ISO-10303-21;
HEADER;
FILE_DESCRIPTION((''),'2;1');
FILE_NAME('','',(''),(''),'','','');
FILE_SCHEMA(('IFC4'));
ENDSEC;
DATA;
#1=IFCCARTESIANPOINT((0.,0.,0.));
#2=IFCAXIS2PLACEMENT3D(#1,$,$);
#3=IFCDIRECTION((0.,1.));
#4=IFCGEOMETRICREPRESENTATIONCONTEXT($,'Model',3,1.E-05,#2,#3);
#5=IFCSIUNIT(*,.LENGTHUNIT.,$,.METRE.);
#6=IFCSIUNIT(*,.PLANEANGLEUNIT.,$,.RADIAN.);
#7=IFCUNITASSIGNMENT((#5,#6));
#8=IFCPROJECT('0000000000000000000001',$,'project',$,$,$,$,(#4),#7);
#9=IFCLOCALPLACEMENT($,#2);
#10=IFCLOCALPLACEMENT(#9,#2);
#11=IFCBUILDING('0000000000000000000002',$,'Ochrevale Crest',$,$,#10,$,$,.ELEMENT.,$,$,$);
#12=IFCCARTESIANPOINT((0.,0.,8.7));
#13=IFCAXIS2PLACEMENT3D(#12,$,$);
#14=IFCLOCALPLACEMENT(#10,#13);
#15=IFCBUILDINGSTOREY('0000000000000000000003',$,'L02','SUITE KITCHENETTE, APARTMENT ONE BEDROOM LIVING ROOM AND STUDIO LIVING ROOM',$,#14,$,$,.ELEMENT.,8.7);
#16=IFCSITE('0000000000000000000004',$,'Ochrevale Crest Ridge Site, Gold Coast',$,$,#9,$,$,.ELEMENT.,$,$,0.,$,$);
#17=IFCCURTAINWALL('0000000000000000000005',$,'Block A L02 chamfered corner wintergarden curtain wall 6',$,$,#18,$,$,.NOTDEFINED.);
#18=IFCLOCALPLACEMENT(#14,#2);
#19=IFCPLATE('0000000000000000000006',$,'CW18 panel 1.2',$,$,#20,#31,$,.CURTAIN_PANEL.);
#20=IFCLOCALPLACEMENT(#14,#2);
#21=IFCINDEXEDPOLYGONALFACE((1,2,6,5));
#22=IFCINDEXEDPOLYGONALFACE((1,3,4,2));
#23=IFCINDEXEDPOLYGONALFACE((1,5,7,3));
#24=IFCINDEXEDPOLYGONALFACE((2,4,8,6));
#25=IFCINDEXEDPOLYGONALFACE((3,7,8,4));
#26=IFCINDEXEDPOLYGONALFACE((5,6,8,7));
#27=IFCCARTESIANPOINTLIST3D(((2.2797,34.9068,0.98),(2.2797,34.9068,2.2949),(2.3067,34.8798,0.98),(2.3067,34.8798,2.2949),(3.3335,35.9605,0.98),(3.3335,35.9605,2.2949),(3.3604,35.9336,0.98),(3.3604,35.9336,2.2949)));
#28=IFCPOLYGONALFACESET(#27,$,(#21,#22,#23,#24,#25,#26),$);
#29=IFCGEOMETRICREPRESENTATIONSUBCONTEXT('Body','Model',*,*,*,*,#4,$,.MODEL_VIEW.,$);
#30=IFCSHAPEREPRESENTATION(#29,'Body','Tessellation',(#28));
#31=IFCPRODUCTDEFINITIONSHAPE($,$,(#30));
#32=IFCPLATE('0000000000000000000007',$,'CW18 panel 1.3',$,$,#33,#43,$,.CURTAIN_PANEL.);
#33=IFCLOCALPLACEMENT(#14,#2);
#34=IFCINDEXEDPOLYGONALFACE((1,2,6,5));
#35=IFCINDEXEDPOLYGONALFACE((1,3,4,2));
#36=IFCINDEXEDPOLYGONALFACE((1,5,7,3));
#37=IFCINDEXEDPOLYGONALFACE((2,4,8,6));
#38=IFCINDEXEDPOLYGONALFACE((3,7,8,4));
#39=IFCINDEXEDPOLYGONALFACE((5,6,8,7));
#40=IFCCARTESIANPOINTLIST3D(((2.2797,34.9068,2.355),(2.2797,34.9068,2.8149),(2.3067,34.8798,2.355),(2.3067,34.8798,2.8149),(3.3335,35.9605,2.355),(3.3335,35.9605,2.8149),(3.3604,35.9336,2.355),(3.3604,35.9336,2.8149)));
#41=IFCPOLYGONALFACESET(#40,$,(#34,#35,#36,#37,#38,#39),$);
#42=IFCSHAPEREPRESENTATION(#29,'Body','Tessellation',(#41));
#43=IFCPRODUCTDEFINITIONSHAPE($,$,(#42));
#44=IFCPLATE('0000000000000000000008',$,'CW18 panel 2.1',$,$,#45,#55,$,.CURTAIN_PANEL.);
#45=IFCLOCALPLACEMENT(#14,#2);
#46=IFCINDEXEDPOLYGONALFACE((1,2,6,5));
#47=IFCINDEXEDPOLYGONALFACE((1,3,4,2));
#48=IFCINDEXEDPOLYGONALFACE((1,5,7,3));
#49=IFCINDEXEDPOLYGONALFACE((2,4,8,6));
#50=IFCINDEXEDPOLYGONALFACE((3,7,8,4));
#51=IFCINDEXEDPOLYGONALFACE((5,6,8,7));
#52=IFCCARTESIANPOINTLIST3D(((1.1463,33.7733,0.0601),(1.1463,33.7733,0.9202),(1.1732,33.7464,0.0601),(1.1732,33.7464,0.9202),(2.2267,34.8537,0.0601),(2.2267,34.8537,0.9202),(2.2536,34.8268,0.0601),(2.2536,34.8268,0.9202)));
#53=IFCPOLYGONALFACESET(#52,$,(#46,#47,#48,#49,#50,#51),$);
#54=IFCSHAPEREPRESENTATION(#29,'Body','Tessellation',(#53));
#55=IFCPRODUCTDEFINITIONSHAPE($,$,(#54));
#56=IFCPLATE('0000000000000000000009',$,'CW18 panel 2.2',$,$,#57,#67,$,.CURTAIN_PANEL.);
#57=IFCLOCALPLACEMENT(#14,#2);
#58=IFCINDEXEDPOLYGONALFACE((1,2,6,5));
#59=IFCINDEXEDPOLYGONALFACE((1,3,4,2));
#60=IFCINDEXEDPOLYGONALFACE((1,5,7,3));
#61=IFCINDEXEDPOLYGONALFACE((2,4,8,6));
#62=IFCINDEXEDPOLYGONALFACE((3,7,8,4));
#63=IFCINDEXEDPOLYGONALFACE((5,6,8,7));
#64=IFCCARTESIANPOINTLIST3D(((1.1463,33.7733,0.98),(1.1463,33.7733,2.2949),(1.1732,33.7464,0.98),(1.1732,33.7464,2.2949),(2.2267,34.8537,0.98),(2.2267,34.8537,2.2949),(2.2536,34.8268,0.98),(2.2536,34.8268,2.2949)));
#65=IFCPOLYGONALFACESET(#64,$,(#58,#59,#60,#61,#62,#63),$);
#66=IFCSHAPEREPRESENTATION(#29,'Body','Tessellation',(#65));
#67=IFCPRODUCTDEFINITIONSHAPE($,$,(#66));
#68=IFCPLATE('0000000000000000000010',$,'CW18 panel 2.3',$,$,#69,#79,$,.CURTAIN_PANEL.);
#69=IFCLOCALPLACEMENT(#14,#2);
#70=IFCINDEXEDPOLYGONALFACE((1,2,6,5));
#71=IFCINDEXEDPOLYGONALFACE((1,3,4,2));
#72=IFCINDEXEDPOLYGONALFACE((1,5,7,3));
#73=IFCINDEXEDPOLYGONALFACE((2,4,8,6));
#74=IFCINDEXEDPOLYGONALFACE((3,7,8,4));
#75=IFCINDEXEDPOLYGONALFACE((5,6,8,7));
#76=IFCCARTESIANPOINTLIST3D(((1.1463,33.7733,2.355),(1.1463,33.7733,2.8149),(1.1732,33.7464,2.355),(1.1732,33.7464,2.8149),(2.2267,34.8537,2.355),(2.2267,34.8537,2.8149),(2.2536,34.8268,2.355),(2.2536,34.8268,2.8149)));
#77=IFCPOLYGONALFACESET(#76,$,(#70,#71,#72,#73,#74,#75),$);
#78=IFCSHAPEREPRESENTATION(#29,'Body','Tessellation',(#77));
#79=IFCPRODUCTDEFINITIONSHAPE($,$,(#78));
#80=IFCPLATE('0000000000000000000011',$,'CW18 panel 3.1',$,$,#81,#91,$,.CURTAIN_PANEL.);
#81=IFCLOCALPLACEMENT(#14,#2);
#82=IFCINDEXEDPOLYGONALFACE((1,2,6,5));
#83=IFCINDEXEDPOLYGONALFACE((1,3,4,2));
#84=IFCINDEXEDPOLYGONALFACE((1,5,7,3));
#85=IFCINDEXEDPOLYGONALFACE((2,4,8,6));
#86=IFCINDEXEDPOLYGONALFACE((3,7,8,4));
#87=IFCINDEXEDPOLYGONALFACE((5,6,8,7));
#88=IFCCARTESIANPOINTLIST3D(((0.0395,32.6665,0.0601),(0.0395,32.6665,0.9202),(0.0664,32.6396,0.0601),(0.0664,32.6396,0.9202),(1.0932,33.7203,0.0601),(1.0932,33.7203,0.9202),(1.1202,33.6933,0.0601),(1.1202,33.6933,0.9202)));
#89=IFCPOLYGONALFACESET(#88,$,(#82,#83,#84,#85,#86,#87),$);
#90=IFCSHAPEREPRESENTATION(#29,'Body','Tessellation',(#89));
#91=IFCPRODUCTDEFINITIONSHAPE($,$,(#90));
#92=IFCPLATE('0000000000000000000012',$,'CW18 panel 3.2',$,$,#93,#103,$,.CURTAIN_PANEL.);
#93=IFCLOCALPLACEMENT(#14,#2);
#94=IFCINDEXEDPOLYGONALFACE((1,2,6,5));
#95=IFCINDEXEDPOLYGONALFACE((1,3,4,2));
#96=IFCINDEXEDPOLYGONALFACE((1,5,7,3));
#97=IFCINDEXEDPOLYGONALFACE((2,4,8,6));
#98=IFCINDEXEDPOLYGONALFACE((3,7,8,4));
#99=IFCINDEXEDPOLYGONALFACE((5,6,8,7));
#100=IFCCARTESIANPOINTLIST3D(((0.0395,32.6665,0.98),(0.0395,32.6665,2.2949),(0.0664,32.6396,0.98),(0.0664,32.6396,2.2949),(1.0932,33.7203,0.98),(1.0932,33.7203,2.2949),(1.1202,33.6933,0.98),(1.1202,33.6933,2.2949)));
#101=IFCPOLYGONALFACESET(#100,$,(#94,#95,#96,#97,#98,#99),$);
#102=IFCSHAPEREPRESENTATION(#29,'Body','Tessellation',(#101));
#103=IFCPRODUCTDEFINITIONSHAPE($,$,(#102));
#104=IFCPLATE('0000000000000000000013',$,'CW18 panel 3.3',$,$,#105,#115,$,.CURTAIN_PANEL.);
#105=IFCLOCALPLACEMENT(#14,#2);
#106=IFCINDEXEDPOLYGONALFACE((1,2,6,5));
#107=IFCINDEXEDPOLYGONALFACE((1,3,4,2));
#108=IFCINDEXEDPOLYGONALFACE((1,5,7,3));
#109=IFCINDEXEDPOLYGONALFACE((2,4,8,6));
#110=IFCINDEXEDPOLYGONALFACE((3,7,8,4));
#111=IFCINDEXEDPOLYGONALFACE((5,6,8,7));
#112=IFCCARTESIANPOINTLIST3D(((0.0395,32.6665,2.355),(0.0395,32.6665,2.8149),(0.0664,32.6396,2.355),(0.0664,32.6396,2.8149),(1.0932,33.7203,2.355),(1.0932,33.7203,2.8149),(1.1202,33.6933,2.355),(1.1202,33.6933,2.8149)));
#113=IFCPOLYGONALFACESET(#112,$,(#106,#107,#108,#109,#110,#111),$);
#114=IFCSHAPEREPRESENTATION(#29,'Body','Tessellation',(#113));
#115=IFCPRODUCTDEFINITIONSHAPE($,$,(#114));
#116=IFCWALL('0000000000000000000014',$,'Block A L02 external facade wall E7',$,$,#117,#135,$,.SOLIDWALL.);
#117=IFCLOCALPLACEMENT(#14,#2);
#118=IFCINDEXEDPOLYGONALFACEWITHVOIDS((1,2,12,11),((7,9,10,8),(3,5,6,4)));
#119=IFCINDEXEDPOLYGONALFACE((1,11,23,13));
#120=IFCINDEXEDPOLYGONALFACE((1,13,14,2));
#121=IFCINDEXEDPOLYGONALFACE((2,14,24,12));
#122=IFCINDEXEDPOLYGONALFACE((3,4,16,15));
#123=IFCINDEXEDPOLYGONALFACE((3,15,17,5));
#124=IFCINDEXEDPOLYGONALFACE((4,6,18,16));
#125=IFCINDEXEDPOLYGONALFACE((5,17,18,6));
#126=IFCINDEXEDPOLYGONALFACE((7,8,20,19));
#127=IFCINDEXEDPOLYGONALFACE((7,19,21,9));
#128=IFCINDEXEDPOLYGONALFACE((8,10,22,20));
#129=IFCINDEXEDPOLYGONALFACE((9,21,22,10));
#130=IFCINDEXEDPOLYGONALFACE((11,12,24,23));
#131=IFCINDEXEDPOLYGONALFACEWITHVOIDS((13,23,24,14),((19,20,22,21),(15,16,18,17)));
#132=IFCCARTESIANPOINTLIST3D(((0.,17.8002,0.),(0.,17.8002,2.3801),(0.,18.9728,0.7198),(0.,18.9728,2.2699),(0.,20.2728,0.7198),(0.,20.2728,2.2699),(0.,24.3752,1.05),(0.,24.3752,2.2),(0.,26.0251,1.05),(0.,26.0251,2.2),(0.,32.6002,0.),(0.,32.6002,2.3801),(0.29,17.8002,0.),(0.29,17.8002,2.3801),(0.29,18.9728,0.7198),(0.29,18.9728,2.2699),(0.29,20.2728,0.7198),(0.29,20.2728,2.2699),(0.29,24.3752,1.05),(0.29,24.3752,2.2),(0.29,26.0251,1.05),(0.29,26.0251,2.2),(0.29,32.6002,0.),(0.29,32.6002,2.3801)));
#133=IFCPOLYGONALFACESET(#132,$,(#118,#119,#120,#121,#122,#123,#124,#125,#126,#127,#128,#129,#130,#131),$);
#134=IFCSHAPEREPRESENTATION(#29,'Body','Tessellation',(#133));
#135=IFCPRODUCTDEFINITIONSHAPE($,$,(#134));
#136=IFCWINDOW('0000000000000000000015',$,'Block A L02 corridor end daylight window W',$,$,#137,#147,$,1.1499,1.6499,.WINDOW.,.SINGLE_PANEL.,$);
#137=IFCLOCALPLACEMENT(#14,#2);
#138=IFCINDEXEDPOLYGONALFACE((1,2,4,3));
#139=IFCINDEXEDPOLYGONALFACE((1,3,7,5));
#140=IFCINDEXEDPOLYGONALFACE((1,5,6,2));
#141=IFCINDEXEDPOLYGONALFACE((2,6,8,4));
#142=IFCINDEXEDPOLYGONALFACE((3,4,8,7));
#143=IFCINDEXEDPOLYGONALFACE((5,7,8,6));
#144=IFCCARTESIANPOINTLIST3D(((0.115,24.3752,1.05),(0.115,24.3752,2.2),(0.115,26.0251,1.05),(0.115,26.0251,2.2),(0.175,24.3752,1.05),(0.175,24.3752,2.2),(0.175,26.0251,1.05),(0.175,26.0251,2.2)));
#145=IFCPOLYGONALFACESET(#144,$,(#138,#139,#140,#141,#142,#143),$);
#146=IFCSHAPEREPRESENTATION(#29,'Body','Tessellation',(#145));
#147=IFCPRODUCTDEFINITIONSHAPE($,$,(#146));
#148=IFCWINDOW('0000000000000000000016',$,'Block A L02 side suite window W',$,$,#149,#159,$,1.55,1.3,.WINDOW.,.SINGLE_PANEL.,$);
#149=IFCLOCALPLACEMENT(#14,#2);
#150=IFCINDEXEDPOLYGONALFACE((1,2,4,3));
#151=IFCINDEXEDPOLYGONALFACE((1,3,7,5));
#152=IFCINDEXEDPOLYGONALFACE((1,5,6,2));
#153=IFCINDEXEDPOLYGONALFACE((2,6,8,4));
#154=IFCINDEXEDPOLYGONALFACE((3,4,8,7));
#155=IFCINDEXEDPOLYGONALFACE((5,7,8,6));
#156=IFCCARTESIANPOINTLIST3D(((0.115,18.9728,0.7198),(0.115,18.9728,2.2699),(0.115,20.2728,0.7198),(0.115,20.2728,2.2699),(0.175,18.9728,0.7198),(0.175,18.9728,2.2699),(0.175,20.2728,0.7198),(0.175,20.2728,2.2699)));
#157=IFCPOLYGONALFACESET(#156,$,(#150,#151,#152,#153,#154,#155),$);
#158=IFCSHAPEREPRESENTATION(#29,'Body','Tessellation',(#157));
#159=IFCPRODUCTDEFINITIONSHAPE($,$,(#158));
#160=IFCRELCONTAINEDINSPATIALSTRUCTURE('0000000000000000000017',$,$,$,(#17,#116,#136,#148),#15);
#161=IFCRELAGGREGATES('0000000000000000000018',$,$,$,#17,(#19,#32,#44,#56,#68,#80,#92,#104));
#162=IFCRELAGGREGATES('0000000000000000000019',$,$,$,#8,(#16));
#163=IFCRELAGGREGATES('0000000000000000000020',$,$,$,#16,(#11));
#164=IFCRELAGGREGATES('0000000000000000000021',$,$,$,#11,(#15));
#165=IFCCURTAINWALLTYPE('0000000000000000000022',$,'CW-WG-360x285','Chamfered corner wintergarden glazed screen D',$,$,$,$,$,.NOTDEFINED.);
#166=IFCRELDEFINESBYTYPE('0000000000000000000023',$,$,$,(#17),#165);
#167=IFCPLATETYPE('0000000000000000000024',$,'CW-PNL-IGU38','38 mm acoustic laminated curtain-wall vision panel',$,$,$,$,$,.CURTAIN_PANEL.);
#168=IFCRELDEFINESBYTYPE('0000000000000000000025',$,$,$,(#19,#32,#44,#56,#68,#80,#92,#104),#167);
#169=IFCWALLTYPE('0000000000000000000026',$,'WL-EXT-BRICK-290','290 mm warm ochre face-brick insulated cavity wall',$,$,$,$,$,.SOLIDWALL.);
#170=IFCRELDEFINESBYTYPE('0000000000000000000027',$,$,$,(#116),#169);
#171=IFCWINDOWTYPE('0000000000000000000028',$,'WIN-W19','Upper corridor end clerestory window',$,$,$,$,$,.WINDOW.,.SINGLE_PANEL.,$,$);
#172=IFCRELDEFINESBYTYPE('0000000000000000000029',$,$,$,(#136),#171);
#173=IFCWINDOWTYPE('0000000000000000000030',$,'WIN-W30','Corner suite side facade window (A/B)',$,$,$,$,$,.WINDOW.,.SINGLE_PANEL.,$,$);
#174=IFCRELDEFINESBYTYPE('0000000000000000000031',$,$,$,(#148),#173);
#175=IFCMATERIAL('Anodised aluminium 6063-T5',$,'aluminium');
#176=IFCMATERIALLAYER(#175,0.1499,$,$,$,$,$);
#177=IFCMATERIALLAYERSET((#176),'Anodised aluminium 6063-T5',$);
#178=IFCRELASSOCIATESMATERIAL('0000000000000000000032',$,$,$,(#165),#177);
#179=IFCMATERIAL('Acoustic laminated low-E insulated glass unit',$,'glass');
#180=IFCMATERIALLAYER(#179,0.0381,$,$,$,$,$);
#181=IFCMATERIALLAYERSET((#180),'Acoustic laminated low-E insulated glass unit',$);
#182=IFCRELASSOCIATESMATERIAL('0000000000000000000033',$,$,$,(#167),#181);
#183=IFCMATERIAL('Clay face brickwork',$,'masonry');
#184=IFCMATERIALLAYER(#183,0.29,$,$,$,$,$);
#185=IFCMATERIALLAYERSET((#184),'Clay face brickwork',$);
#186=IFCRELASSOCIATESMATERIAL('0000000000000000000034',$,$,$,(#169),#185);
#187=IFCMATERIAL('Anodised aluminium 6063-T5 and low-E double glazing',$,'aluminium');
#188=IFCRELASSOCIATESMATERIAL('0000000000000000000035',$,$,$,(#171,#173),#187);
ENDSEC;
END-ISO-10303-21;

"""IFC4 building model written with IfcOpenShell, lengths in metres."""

from ifc_helpers import new_model, si_unit, direction, frame, frame_2d, origin, origin_2d, place, context, subcontext, project, spatial, rectangle, extrude, material, layer, layer_set, type_object, element, fill, aggregate, save


model = new_model("IFC4")

# Units and contexts
model_context = context("Model", 3, precision=1e-05, world=origin(), true_north=direction((0.0, 1.0)))
body_context = subcontext(model_context, "Body", "Model", "MODEL_VIEW")
ifc_project = project(units=[si_unit("LENGTHUNIT", "METRE"), si_unit("PLANEANGLEUNIT", "RADIAN")], contexts=[model_context])

# Site, building, storey
site_placement = place(None, origin())
site = spatial("IfcSite", under=ifc_project, at=site_placement, Name="Ochrevale Crest Ridge Site, Gold Coast", CompositionType="ELEMENT", RefElevation=0.0)
building_placement = place(site_placement, origin())
building = spatial("IfcBuilding", under=site, at=building_placement, Name="Ochrevale Crest", CompositionType="ELEMENT")
storey_placement = place(building_placement, frame((0.0, 0.0, 8.7)))
storey = spatial("IfcBuildingStorey", under=building, at=storey_placement, Name="L02", Description="SUITE KITCHENETTE, APARTMENT ONE BEDROOM LIVING ROOM AND STUDIO LIVING ROOM", CompositionType="ELEMENT", Elevation=8.7)

# Curtain wall, plates
ifc_material_1 = material(Name="Anodised aluminium 6063-T5", Category="aluminium")
ifc_layer_1 = layer(ifc_material_1, 0.1499)
ifc_layer_set_1 = layer_set([ifc_layer_1], Name="Anodised aluminium 6063-T5")
curtain_wall_type = type_object("IfcCurtainWallType", Name="CW-WG-360x285", Description="Chamfered corner wintergarden glazed screen D", PredefinedType="NOTDEFINED", material=ifc_layer_set_1)
curtain_wall_placement = place(storey_placement, origin())
curtain_wall = element("IfcCurtainWall", 1, at=curtain_wall_placement, inside=storey, type_object=curtain_wall_type, Name="Block A L02 chamfered corner wintergarden curtain wall 6", PredefinedType="NOTDEFINED")
ifc_material_2 = material(Name="Acoustic laminated low-E insulated glass unit", Category="glass")
ifc_layer_2 = layer(ifc_material_2, 0.0381)
ifc_layer_set_2 = layer_set([ifc_layer_2], Name="Acoustic laminated low-E insulated glass unit")
plate_type = type_object("IfcPlateType", Name="CW-PNL-IGU38", Description="38 mm acoustic laminated curtain-wall vision panel", PredefinedType="CURTAIN_PANEL", material=ifc_layer_set_2)
plate_1_placement = place(storey_placement, frame((2.8201, 35.4202, 0.98), z_axis=(0.0, 0.0, 1.0), x_axis=(-0.707107, -0.707107, 0.0)))
plate_1 = element("IfcPlate", 2, at=plate_1_placement, type_object=plate_type, Name="CW18 panel 1.2", PredefinedType="CURTAIN_PANEL", context=body_context, shape_type="SweptSolid", body=[
    extrude(rectangle(XDim=1.4902, YDim=0.0381, at=origin_2d()), origin(), (0.0, 0.0, 1.0), 1.3149),
])
plate_2_placement = place(storey_placement, frame((2.8201, 35.4202, 2.355), z_axis=(0.0, 0.0, 1.0), x_axis=(-0.707107, -0.707107, 0.0)))
plate_2 = element("IfcPlate", 3, at=plate_2_placement, type_object=plate_type, Name="CW18 panel 1.3", PredefinedType="CURTAIN_PANEL", context=body_context, shape_type="SweptSolid", body=[
    extrude(rectangle(XDim=1.4902, YDim=0.0381, at=origin_2d()), origin(), (0.0, 0.0, 1.0), 0.46),
])
plate_3_placement = place(storey_placement, frame((1.7, 34.3, 0.0601), z_axis=(0.0, 0.0, 1.0), x_axis=(-0.707107, -0.707107, 0.0)))
plate_3 = element("IfcPlate", 4, at=plate_3_placement, type_object=plate_type, Name="CW18 panel 2.1", PredefinedType="CURTAIN_PANEL", context=body_context, shape_type="SweptSolid", body=[
    extrude(rectangle(XDim=1.5278, YDim=0.0381, at=origin_2d()), origin(), (0.0, 0.0, 1.0), 0.8601),
])
plate_4_placement = place(storey_placement, frame((1.7, 34.3, 0.98), z_axis=(0.0, 0.0, 1.0), x_axis=(-0.707107, -0.707107, 0.0)))
plate_4 = element("IfcPlate", 5, at=plate_4_placement, type_object=plate_type, Name="CW18 panel 2.2", PredefinedType="CURTAIN_PANEL", context=body_context, shape_type="SweptSolid", body=[
    extrude(rectangle(XDim=1.5278, YDim=0.0381, at=origin_2d()), origin(), (0.0, 0.0, 1.0), 1.3149),
])
plate_5_placement = place(storey_placement, frame((1.7, 34.3, 2.355), z_axis=(0.0, 0.0, 1.0), x_axis=(-0.707107, -0.707107, 0.0)))
plate_5 = element("IfcPlate", 6, at=plate_5_placement, type_object=plate_type, Name="CW18 panel 2.3", PredefinedType="CURTAIN_PANEL", context=body_context, shape_type="SweptSolid", body=[
    extrude(rectangle(XDim=1.5278, YDim=0.0381, at=origin_2d()), origin(), (0.0, 0.0, 1.0), 0.46),
])
plate_6_placement = place(storey_placement, frame((0.5798, 33.1799, 0.0601), z_axis=(0.0, 0.0, 1.0), x_axis=(-0.707107, -0.707107, 0.0)))
plate_6 = element("IfcPlate", 7, at=plate_6_placement, type_object=plate_type, Name="CW18 panel 3.1", PredefinedType="CURTAIN_PANEL", context=body_context, shape_type="SweptSolid", body=[
    extrude(rectangle(XDim=1.4902, YDim=0.0381, at=origin_2d()), origin(), (0.0, 0.0, 1.0), 0.8601),
])
plate_7_placement = place(storey_placement, frame((0.5798, 33.1799, 0.98), z_axis=(0.0, 0.0, 1.0), x_axis=(-0.707107, -0.707107, 0.0)))
plate_7 = element("IfcPlate", 8, at=plate_7_placement, type_object=plate_type, Name="CW18 panel 3.2", PredefinedType="CURTAIN_PANEL", context=body_context, shape_type="SweptSolid", body=[
    extrude(rectangle(XDim=1.4902, YDim=0.0381, at=origin_2d()), origin(), (0.0, 0.0, 1.0), 1.3149),
])
plate_8_placement = place(storey_placement, frame((0.5798, 33.1799, 2.355), z_axis=(0.0, 0.0, 1.0), x_axis=(-0.707107, -0.707107, 0.0)))
plate_8 = element("IfcPlate", 9, at=plate_8_placement, type_object=plate_type, Name="CW18 panel 3.3", PredefinedType="CURTAIN_PANEL", context=body_context, shape_type="SweptSolid", body=[
    extrude(rectangle(XDim=1.4902, YDim=0.0381, at=origin_2d()), origin(), (0.0, 0.0, 1.0), 0.46),
])
aggregate(curtain_wall, [plate_1, plate_2, plate_3, plate_4, plate_5, plate_6, plate_7, plate_8])

# Wall, openings, windows
ifc_material_3 = material(Name="Clay face brickwork", Category="masonry")
ifc_layer_3 = layer(ifc_material_3, 0.29)
ifc_layer_set_3 = layer_set([ifc_layer_3], Name="Clay face brickwork")
wall_type = type_object("IfcWallType", Name="WL-EXT-BRICK-290", Description="290 mm warm ochre face-brick insulated cavity wall", PredefinedType="SOLIDWALL", material=ifc_layer_set_3)
wall_placement = place(storey_placement, frame((0.145, 32.6001, 0.0), z_axis=(0.0, 0.0, 1.0), x_axis=(0.0, -1.0, 0.0)))
wall = element("IfcWall", 10, at=wall_placement, inside=storey, type_object=wall_type, Name="Block A L02 external facade wall E7", PredefinedType="SOLIDWALL", context=body_context, shape_type="SweptSolid", body=[
    extrude(rectangle(XDim=14.8, YDim=0.29, at=frame_2d((7.3999, 0.0))), origin(), (0.0, 0.0, 1.0), 2.3801),
])
opening_1_placement = place(wall_placement, frame((6.575, 0.0, 1.05)))
opening_1 = element("IfcOpeningElement", 11, at=opening_1_placement, cuts=wall, PredefinedType="OPENING", context=body_context, shape_type="SweptSolid", body=[
    extrude(rectangle(XDim=1.6499, YDim=1.1499, at=frame_2d((0.825, 0.575))), frame((0.0, 0.155, 0.0), z_axis=(0.0, -1.0, 0.0), x_axis=(1.0, 0.0, 0.0)), (0.0, 0.0, 1.0), 0.3101),
])
opening_2_placement = place(wall_placement, frame((12.3274, 0.0, 0.72)))
opening_2 = element("IfcOpeningElement", 12, at=opening_2_placement, cuts=wall, PredefinedType="OPENING", context=body_context, shape_type="SweptSolid", body=[
    extrude(rectangle(XDim=1.3, YDim=1.55, at=frame_2d((0.6499, 0.7749))), frame((0.0, 0.155, 0.0), z_axis=(0.0, -1.0, 0.0), x_axis=(1.0, 0.0, 0.0)), (0.0, 0.0, 1.0), 0.3101),
])
ifc_material_4 = material(Name="Anodised aluminium 6063-T5 and low-E double glazing", Category="aluminium")
window_type_1 = type_object("IfcWindowType", Name="WIN-W19", Description="Upper corridor end clerestory window", PartitioningType="SINGLE_PANEL", PredefinedType="WINDOW", material=ifc_material_4)
window_1_placement = place(opening_1_placement, origin())
window_1 = element("IfcWindow", 13, at=window_1_placement, inside=storey, type_object=window_type_1, Name="Block A L02 corridor end daylight window W", OverallHeight=1.1499, OverallWidth=1.6499, PartitioningType="SINGLE_PANEL", PredefinedType="WINDOW", context=body_context, shape_type="SweptSolid", body=[
    extrude(rectangle(XDim=1.6499, YDim=1.1499, at=frame_2d((0.825, 0.575))), frame((0.0, 0.03, 0.0), z_axis=(0.0, -1.0, 0.0), x_axis=(1.0, 0.0, 0.0)), (0.0, 0.0, 1.0), 0.0601),
])
fill(opening_1, window_1)
window_type_2 = type_object("IfcWindowType", Name="WIN-W30", Description="Corner suite side facade window (A/B)", PartitioningType="SINGLE_PANEL", PredefinedType="WINDOW", material=ifc_material_4)
window_2_placement = place(opening_2_placement, origin())
window_2 = element("IfcWindow", 14, at=window_2_placement, inside=storey, type_object=window_type_2, Name="Block A L02 side suite window W", OverallHeight=1.55, OverallWidth=1.3, PartitioningType="SINGLE_PANEL", PredefinedType="WINDOW", context=body_context, shape_type="SweptSolid", body=[
    extrude(rectangle(XDim=1.3, YDim=1.55, at=frame_2d((0.6499, 0.7749))), frame((0.0, 0.03, 0.0), z_axis=(0.0, -1.0, 0.0), x_axis=(1.0, 0.0, 0.0)), (0.0, 0.0, 1.0), 0.0601),
])
fill(opening_2, window_2)

save(model, "model.ifc")
